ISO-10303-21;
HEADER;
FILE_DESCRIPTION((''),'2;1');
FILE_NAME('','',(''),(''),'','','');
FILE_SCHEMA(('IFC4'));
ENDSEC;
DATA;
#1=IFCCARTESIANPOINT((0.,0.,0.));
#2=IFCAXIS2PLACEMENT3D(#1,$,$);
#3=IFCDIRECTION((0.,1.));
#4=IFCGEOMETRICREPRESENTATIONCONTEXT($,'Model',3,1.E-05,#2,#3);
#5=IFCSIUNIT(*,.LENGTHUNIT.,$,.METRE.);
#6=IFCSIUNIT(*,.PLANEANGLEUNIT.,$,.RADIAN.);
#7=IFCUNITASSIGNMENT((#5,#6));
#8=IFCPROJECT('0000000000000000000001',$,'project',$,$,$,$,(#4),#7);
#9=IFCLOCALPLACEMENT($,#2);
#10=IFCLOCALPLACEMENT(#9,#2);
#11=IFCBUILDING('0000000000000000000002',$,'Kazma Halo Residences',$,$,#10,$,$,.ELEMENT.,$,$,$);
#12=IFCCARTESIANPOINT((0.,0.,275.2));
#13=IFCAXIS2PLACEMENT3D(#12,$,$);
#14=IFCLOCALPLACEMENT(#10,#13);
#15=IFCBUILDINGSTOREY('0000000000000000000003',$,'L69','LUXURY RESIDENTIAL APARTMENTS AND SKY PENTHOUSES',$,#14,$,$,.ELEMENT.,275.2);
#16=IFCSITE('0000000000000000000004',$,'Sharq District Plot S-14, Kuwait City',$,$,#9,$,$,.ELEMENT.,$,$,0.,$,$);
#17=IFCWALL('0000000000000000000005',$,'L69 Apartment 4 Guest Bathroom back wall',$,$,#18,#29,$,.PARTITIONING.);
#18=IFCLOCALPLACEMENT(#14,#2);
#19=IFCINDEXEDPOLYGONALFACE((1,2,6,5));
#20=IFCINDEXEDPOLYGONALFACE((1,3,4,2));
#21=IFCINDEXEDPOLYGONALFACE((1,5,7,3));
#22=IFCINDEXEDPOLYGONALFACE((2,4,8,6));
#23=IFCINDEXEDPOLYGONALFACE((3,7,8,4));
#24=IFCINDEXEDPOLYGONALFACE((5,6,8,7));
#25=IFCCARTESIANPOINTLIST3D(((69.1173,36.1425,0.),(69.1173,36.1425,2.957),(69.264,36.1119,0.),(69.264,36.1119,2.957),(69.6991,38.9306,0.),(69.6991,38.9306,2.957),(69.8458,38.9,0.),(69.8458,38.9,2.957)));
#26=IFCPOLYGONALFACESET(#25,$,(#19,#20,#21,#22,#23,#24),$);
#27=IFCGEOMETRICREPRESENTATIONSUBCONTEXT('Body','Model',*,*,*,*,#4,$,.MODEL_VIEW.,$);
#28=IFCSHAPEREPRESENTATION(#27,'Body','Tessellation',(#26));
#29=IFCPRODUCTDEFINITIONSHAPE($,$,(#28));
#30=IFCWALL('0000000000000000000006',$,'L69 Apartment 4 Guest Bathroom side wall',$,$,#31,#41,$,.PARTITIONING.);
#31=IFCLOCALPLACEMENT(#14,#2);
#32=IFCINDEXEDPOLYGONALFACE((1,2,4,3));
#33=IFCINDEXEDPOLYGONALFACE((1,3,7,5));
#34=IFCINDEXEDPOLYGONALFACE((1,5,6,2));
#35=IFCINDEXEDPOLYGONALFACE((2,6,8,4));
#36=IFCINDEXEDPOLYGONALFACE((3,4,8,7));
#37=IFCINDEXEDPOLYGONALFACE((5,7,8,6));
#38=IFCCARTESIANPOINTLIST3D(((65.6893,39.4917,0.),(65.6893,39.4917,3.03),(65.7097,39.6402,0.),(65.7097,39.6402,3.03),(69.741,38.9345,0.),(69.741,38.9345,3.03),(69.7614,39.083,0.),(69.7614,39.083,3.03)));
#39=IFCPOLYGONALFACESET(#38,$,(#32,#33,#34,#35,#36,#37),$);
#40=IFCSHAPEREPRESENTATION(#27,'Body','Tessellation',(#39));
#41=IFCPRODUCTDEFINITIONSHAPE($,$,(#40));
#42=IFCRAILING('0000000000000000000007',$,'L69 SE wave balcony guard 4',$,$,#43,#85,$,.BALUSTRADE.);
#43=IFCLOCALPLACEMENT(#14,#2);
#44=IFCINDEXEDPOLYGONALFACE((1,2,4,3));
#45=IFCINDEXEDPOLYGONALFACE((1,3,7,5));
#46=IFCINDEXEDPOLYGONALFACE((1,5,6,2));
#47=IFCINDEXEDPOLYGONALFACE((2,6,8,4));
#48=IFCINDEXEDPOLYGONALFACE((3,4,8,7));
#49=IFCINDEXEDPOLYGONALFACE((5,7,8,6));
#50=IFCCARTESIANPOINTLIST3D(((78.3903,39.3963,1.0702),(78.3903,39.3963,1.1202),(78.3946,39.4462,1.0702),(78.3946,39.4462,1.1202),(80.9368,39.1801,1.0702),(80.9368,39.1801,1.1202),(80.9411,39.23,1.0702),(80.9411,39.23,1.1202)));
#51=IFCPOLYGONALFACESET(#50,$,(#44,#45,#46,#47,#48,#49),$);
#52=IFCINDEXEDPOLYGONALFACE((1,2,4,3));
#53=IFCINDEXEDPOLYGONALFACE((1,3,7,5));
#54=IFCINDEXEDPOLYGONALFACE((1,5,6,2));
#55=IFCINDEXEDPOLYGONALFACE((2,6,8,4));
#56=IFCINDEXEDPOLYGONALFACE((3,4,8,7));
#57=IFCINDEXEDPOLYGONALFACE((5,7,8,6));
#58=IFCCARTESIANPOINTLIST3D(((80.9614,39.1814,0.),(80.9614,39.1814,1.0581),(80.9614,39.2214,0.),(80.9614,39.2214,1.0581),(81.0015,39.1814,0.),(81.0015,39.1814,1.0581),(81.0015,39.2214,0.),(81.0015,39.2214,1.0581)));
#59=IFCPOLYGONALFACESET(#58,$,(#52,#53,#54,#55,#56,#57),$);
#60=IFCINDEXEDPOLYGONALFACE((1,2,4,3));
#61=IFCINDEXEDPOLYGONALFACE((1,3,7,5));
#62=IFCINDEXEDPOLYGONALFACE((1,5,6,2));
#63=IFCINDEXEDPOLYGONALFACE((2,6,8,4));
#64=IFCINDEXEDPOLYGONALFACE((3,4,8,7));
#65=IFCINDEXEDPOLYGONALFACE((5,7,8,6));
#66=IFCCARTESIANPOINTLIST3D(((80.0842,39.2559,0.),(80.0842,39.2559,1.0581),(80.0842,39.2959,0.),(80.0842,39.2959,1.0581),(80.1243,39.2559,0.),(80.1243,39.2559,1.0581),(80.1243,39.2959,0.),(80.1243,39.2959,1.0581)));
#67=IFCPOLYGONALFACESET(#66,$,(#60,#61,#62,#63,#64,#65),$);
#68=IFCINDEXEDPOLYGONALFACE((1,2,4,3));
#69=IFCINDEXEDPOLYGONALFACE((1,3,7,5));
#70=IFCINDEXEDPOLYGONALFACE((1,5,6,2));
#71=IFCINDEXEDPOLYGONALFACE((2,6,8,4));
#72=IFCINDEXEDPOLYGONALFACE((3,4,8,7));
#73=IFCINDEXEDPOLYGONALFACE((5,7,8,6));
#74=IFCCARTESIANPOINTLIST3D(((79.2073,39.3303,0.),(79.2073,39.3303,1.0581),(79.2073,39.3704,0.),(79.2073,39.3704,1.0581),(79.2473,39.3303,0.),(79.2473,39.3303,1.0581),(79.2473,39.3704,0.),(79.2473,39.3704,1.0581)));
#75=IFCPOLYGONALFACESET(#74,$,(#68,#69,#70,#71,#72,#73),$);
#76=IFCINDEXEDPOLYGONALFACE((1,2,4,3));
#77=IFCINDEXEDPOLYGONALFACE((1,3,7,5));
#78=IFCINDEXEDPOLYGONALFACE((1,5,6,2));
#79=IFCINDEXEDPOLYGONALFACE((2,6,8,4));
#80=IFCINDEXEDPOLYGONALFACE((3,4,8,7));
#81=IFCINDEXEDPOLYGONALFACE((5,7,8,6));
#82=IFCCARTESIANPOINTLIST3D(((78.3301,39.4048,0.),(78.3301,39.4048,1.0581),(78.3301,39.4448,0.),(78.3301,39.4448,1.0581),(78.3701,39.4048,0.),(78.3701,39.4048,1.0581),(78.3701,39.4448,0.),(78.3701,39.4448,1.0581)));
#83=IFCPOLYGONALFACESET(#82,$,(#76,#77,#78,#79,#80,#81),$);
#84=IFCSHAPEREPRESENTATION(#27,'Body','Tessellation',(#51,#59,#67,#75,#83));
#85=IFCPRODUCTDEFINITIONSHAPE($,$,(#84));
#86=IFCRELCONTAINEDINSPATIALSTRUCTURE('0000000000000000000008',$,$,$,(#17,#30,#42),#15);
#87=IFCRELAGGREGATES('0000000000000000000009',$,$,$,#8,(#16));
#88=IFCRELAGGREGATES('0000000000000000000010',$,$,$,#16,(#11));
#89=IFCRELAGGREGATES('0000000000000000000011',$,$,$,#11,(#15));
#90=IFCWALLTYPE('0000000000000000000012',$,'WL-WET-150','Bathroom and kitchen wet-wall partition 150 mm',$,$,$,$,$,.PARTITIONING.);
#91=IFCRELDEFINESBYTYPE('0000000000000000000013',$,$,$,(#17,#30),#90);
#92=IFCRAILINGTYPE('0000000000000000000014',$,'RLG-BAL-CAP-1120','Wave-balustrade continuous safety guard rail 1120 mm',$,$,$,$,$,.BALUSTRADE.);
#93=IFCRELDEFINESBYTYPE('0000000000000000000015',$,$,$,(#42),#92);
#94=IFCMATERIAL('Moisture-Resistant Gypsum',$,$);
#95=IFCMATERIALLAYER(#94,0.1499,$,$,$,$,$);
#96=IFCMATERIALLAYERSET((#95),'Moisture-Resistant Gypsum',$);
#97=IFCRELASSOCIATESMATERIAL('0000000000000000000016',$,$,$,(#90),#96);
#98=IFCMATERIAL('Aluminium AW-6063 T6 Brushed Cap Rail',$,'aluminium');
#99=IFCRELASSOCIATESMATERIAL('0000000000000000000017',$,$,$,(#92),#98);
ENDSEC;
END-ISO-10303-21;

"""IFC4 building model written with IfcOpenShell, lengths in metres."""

from ifc_helpers import new_model, si_unit, direction, frame, frame_2d, origin, origin_2d, place, context, subcontext, project, spatial, rectangle, extrude, material, layer, layer_set, type_object, element, save


model = new_model("IFC4")

# Units and contexts
model_context = context("Model", 3, precision=1e-05, world=origin(), true_north=direction((0.0, 1.0)))
body_context = subcontext(model_context, "Body", "Model", "MODEL_VIEW")
ifc_project = project(units=[si_unit("LENGTHUNIT", "METRE"), si_unit("PLANEANGLEUNIT", "RADIAN")], contexts=[model_context])

# Site, building, storey
site_placement = place(None, origin())
site = spatial("IfcSite", under=ifc_project, at=site_placement, Name="Sharq District Plot S-14, Kuwait City", CompositionType="ELEMENT", RefElevation=0.0)
building_placement = place(site_placement, origin())
building = spatial("IfcBuilding", under=site, at=building_placement, Name="Kazma Halo Residences", CompositionType="ELEMENT")
storey_placement = place(building_placement, frame((0.0, 0.0, 275.2)))
storey = spatial("IfcBuildingStorey", under=building, at=storey_placement, Name="L69", Description="LUXURY RESIDENTIAL APARTMENTS AND SKY PENTHOUSES", CompositionType="ELEMENT", Elevation=275.2)

# Shared definitions
ifc_material_1 = material(Name="Moisture-Resistant Gypsum")
ifc_layer_1 = layer(ifc_material_1, 0.1499)
ifc_layer_set_1 = layer_set([ifc_layer_1], Name="Moisture-Resistant Gypsum")
wall_type_1 = type_object("IfcWallType", Name="WL-WET-150", Description="Bathroom and kitchen wet-wall partition 150 mm", PredefinedType="PARTITIONING", material=ifc_layer_set_1)

# Walls
wall_1_placement = place(storey_placement, frame((69.1907, 36.1272, 0.0), z_axis=(0.0, 0.0, 1.0), x_axis=(0.204269, 0.978915, 0.0)))
element("IfcWall", 1, at=wall_1_placement, inside=storey, type_object=wall_type_1, Name="L69 Apartment 4 Guest Bathroom back wall", PredefinedType="PARTITIONING", context=body_context, shape_type="SweptSolid", body=[
    extrude(rectangle(XDim=2.8481, YDim=0.1499, at=frame_2d((1.4241, 0.0))), origin(), (0.0, 0.0, 1.0), 2.957),
])
wall_2_placement = place(storey_placement, frame((65.6995, 39.5659, 0.0), z_axis=(0.0, 0.0, 1.0), x_axis=(0.990678, -0.136221, 0.0)))
element("IfcWall", 2, at=wall_2_placement, inside=storey, type_object=wall_type_1, Name="L69 Apartment 4 Guest Bathroom side wall", PredefinedType="PARTITIONING", context=body_context, shape_type="SweptSolid", body=[
    extrude(rectangle(XDim=4.0898, YDim=0.1499, at=frame_2d((2.0449, 0.0))), origin(), (0.0, 0.0, 1.0), 3.03),
])

# Railing
ifc_material_2 = material(Name="Aluminium AW-6063 T6 Brushed Cap Rail", Category="aluminium")
railing_type = type_object("IfcRailingType", Name="RLG-BAL-CAP-1120", Description="Wave-balustrade continuous safety guard rail 1120 mm", PredefinedType="BALUSTRADE", material=ifc_material_2)
railing_placement = place(storey_placement, frame((80.9814, 39.2014, 0.0)))
element("IfcRailing", 3, at=railing_placement, inside=storey, type_object=railing_type, Name="L69 SE wave balcony guard 4", PredefinedType="BALUSTRADE", context=body_context, shape_type="SweptSolid", body=[
    extrude(rectangle(XDim=0.05, YDim=0.05, at=origin_2d()), frame((-0.0425, 0.0037, 1.0952), z_axis=(-0.996416, 0.084591, 0.0), x_axis=(-0.084591, -0.996416, 0.0)), (0.0, 0.0, 1.0), 2.5557),
    extrude(rectangle(XDim=0.04, YDim=0.04, at=origin_2d()), origin(), (0.0, 0.0, 1.0), 1.0581),
    extrude(rectangle(XDim=0.04, YDim=0.04, at=origin_2d()), frame((-0.8772, 0.0745, 0.0)), (0.0, 0.0, 1.0), 1.0581),
    extrude(rectangle(XDim=0.04, YDim=0.04, at=origin_2d()), frame((-1.7542, 0.1489, 0.0)), (0.0, 0.0, 1.0), 1.0581),
    extrude(rectangle(XDim=0.04, YDim=0.04, at=origin_2d()), frame((-2.6313, 0.2234, 0.0)), (0.0, 0.0, 1.0), 1.0581),
])

save(model, "model.ifc")
